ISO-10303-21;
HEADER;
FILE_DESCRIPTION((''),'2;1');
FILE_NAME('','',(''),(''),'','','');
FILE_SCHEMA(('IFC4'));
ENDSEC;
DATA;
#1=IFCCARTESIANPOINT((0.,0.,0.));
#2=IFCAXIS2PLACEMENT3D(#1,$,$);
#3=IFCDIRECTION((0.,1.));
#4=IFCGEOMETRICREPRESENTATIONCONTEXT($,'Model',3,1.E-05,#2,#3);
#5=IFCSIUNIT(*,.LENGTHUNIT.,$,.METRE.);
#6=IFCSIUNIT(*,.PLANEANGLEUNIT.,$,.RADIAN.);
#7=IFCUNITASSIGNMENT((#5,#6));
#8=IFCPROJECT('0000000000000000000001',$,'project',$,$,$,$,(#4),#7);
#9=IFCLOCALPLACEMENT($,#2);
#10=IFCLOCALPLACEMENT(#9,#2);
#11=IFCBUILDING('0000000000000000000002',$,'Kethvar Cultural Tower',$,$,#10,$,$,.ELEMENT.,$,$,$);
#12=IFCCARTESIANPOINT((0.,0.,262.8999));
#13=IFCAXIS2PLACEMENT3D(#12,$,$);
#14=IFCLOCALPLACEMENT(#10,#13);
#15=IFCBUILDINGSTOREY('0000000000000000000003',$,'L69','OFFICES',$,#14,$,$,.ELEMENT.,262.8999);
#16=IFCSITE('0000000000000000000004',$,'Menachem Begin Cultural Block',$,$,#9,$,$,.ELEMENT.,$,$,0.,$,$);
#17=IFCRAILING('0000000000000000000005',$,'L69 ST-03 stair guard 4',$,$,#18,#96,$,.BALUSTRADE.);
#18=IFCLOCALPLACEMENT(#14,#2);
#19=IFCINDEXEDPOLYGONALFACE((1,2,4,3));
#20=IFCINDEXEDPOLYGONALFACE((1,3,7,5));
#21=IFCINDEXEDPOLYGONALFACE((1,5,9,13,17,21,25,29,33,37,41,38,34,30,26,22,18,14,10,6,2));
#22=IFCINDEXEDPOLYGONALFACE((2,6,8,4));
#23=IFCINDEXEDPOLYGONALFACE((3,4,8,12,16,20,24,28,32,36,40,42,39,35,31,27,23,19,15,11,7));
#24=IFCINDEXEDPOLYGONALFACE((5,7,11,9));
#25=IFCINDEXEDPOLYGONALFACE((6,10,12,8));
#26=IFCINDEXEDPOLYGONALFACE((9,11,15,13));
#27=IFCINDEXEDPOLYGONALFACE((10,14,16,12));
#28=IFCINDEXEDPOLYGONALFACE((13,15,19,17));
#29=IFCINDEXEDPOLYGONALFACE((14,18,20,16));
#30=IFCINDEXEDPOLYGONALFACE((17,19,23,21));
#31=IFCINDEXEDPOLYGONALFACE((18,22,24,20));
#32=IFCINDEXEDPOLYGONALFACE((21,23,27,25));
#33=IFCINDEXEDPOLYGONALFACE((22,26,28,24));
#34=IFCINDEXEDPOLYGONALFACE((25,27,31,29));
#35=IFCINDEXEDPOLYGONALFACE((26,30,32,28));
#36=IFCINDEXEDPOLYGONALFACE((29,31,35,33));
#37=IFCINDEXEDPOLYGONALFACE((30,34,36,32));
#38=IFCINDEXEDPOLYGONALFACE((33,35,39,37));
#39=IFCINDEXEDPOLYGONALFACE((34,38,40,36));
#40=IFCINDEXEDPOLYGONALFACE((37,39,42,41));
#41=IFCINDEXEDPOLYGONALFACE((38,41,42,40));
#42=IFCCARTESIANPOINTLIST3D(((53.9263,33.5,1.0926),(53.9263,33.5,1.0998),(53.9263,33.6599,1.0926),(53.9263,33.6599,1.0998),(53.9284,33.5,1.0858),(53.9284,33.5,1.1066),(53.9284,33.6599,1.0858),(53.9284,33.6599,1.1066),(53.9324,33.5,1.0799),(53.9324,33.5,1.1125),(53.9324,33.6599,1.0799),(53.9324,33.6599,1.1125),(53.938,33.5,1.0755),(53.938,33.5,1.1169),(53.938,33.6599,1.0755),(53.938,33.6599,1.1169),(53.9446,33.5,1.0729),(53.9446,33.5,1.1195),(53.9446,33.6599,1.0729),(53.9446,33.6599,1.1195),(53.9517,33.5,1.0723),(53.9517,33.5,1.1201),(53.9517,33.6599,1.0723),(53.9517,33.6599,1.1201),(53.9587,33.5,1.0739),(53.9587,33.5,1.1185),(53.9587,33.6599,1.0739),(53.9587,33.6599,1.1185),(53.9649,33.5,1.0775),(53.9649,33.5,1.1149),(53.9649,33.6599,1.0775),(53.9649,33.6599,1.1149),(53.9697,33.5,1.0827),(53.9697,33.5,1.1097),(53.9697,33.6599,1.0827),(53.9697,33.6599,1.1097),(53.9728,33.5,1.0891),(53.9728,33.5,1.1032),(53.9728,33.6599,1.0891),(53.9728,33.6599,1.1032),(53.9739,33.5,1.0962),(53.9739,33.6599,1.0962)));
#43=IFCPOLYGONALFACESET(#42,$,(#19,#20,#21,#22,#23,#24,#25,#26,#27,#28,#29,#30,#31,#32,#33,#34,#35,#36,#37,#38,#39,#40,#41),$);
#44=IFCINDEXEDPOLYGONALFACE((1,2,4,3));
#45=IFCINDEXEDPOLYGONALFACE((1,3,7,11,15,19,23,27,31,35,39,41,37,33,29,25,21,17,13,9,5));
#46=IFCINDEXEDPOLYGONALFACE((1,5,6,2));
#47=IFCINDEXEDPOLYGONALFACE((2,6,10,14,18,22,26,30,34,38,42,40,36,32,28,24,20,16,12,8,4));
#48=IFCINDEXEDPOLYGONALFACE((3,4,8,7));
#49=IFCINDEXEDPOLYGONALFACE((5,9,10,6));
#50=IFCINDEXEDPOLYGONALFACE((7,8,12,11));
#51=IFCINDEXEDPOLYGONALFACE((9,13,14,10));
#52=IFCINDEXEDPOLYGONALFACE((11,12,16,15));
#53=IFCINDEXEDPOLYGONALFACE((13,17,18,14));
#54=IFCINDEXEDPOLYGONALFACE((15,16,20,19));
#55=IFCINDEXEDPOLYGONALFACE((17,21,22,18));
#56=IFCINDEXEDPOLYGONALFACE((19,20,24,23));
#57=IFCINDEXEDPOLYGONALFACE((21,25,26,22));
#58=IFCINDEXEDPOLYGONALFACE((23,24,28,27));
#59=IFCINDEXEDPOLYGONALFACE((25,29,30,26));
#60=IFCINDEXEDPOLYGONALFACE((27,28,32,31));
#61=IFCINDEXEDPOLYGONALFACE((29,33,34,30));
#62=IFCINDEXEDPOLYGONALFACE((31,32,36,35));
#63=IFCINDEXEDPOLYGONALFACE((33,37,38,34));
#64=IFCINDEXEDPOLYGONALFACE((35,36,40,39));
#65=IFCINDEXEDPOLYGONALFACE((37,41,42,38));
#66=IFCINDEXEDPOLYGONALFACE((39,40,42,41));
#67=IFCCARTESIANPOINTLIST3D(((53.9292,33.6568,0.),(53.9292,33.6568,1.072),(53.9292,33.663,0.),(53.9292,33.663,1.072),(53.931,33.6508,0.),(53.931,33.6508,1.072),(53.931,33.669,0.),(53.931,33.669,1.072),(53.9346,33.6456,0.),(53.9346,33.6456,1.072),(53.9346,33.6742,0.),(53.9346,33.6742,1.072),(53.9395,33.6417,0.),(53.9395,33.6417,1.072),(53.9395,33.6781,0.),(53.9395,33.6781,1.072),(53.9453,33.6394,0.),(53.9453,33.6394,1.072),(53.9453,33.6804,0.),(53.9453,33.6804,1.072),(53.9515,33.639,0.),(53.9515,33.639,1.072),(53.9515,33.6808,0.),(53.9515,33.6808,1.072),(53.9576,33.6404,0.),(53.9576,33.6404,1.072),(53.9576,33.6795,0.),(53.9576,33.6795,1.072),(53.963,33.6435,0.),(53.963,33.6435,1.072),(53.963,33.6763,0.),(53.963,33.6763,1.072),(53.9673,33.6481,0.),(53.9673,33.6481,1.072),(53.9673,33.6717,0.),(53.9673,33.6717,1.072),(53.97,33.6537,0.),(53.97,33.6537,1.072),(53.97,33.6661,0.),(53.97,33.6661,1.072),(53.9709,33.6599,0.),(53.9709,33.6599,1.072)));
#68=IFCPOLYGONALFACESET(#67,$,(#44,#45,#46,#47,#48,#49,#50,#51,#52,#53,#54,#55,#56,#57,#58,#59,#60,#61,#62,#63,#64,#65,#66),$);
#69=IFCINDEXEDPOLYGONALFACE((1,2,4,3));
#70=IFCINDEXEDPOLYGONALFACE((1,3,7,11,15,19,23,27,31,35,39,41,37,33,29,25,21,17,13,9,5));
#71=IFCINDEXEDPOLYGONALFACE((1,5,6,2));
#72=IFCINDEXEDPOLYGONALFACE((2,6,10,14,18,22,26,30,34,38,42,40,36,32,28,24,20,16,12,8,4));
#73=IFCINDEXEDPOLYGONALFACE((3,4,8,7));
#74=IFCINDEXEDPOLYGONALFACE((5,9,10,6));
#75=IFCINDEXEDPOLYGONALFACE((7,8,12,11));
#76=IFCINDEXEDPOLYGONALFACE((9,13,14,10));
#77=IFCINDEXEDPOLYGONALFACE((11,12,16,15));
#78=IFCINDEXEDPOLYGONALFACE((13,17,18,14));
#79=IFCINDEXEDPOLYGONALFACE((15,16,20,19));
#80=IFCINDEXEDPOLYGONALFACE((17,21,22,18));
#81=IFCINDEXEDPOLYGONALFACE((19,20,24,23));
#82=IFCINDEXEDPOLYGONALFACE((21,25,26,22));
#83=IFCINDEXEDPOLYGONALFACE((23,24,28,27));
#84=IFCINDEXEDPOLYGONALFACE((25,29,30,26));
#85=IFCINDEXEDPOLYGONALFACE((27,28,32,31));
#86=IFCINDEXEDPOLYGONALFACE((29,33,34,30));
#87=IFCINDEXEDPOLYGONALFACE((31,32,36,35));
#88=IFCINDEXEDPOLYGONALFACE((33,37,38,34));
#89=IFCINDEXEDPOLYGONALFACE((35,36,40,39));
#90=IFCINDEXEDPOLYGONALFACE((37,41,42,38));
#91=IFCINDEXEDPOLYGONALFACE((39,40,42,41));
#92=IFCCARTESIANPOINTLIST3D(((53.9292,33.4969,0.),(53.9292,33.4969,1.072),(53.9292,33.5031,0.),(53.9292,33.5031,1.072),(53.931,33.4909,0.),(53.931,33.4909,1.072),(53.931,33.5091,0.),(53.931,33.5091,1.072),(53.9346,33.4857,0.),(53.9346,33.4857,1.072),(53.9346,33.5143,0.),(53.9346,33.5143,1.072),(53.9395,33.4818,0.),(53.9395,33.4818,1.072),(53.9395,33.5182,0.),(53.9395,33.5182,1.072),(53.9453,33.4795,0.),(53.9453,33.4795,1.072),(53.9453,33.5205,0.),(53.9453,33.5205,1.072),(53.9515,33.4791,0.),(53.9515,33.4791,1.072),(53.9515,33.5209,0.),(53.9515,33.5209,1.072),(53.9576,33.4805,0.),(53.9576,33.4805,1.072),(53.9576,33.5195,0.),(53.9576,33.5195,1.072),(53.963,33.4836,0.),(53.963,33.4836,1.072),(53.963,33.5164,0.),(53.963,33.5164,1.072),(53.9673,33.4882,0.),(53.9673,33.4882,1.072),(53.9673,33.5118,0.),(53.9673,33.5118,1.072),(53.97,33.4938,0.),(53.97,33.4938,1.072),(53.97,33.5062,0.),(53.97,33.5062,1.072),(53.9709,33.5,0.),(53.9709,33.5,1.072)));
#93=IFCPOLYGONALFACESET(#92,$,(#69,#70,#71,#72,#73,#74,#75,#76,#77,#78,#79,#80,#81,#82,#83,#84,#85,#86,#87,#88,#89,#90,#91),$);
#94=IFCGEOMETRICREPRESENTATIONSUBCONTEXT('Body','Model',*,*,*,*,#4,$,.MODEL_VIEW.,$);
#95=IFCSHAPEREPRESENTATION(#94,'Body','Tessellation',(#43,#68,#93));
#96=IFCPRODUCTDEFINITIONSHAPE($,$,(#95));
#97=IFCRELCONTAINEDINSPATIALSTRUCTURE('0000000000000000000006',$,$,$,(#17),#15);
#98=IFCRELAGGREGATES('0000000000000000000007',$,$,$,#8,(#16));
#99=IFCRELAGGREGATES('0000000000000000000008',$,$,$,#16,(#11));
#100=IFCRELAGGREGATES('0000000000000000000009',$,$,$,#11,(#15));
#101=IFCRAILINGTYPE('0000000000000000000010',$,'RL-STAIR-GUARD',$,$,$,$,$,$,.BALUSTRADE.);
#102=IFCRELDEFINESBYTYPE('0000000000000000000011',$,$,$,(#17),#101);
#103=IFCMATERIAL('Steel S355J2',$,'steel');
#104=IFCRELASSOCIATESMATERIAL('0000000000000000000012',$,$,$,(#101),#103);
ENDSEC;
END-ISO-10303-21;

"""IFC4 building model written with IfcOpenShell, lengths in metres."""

from ifc_helpers import new_model, si_unit, direction, frame, origin, origin_2d, place, context, subcontext, project, spatial, circle, extrude, material, type_object, element, save


model = new_model("IFC4")

# Units and contexts
model_context = context("Model", 3, precision=1e-05, world=origin(), true_north=direction((0.0, 1.0)))
body_context = subcontext(model_context, "Body", "Model", "MODEL_VIEW")
ifc_project = project(units=[si_unit("LENGTHUNIT", "METRE"), si_unit("PLANEANGLEUNIT", "RADIAN")], contexts=[model_context])

# Site, building, storey
site_placement = place(None, origin())
site = spatial("IfcSite", under=ifc_project, at=site_placement, Name="Menachem Begin Cultural Block", CompositionType="ELEMENT", RefElevation=0.0)
building_placement = place(site_placement, origin())
building = spatial("IfcBuilding", under=site, at=building_placement, Name="Kethvar Cultural Tower", CompositionType="ELEMENT")
storey_placement = place(building_placement, frame((0.0, 0.0, 262.8999)))
storey = spatial("IfcBuildingStorey", under=building, at=storey_placement, Name="L69", Description="OFFICES", CompositionType="ELEMENT", Elevation=262.8999)

# Shared definitions
ifc_material_1 = material(Name="Steel S355J2", Category="steel")

# Railing
railing_type_1 = type_object("IfcRailingType", Name="RL-STAIR-GUARD", PredefinedType="BALUSTRADE", material=ifc_material_1)
railing_1_placement = place(storey_placement, frame((53.95, 33.6599, 0.0)))
element("IfcRailing", 1, at=railing_1_placement, inside=storey, type_object=railing_type_1, Name="L69 ST-03 stair guard 4", PredefinedType="BALUSTRADE", context=body_context, shape_type="SweptSolid", body=[
    extrude(circle(Radius=0.0239, at=origin_2d()), frame((0.0, 0.0, 1.0962), z_axis=(0.0, -1.0, 0.0), x_axis=(1.0, 0.0, 0.0)), (0.0, 0.0, 1.0), 0.1599),
    extrude(circle(Radius=0.021, at=origin_2d()), origin(), (0.0, 0.0, 1.0), 1.072),
    extrude(circle(Radius=0.021, at=origin_2d()), frame((0.0, -0.1599, 0.0)), (0.0, 0.0, 1.0), 1.072),
])

save(model, "model.ifc")
